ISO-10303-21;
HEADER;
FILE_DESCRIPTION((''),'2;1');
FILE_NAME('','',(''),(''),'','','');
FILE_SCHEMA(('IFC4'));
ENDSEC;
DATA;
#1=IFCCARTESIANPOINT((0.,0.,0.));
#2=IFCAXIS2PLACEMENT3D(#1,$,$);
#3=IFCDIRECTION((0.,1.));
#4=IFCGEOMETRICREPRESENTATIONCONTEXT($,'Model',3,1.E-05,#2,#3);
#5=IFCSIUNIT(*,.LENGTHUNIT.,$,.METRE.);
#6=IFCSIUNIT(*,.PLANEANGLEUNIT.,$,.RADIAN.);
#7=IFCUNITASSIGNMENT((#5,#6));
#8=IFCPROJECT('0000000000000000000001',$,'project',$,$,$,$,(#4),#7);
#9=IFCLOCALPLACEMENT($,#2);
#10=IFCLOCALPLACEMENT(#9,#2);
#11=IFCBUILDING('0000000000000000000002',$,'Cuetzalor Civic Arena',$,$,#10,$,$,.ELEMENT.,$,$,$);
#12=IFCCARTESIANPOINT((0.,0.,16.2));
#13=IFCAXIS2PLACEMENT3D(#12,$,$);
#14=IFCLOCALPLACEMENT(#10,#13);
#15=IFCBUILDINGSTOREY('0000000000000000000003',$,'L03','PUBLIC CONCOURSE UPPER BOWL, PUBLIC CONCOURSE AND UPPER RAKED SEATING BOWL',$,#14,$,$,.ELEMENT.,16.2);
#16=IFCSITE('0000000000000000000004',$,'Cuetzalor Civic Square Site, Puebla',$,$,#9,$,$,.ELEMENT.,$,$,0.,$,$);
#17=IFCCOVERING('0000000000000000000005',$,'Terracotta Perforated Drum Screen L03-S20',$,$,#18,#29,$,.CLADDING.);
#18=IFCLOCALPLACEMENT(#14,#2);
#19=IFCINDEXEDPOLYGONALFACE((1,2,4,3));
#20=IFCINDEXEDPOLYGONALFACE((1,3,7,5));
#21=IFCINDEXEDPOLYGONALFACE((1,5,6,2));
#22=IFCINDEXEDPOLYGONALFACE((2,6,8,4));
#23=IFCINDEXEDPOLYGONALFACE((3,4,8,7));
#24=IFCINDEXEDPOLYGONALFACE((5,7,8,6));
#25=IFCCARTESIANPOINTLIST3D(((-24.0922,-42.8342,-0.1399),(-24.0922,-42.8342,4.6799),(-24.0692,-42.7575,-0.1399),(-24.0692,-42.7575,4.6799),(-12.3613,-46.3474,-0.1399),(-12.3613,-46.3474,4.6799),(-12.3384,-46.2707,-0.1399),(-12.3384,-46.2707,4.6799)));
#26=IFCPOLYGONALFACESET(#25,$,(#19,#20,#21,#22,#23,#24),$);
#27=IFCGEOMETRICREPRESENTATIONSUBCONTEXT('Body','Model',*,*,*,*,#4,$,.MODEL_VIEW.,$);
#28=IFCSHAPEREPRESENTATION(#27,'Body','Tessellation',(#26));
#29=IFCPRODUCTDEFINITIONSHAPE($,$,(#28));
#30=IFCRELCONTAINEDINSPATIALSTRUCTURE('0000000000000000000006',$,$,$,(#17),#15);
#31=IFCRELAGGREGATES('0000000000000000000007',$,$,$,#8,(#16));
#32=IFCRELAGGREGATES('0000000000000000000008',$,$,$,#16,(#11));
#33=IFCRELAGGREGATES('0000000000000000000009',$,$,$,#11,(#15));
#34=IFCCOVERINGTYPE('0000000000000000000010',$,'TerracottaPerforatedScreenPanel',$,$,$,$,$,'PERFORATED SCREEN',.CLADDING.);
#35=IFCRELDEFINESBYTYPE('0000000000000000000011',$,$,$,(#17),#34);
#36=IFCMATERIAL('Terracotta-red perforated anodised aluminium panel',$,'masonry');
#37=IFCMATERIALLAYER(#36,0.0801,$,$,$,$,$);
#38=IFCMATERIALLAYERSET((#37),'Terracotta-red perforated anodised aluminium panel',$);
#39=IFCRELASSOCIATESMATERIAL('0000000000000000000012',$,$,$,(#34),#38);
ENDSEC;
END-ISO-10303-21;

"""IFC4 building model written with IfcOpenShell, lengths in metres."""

from ifc_helpers import new_model, si_unit, direction, frame, frame_2d, origin, place, context, subcontext, project, spatial, rectangle, extrude, material, layer, layer_set, type_object, element, save


model = new_model("IFC4")

# Units and contexts
model_context = context("Model", 3, precision=1e-05, world=origin(), true_north=direction((0.0, 1.0)))
body_context = subcontext(model_context, "Body", "Model", "MODEL_VIEW")
ifc_project = project(units=[si_unit("LENGTHUNIT", "METRE"), si_unit("PLANEANGLEUNIT", "RADIAN")], contexts=[model_context])

# Site, building, storey
site_placement = place(None, origin())
site = spatial("IfcSite", under=ifc_project, at=site_placement, Name="Cuetzalor Civic Square Site, Puebla", CompositionType="ELEMENT", RefElevation=0.0)
building_placement = place(site_placement, origin())
building = spatial("IfcBuilding", under=site, at=building_placement, Name="Cuetzalor Civic Arena", CompositionType="ELEMENT")
storey_placement = place(building_placement, frame((0.0, 0.0, 16.2)))
storey = spatial("IfcBuildingStorey", under=building, at=storey_placement, Name="L03", Description="PUBLIC CONCOURSE UPPER BOWL, PUBLIC CONCOURSE AND UPPER RAKED SEATING BOWL", CompositionType="ELEMENT", Elevation=16.2)

# Covering
ifc_material_1 = material(Name="Terracotta-red perforated anodised aluminium panel", Category="masonry")
ifc_layer_1 = layer(ifc_material_1, 0.0801)
ifc_layer_set_1 = layer_set([ifc_layer_1], Name="Terracotta-red perforated anodised aluminium panel")
covering_type = type_object("IfcCoveringType", Name="TerracottaPerforatedScreenPanel", ElementType="PERFORATED SCREEN", PredefinedType="CLADDING", material=ifc_layer_set_1)
covering_placement = place(storey_placement, frame((-12.3499, -46.3091, -0.1399), z_axis=(0.0, 0.0, 1.0), x_axis=(-0.957962, 0.286896, 0.0)))
element("IfcCovering", 1, at=covering_placement, inside=storey, type_object=covering_type, Name="Terracotta Perforated Drum Screen L03-S20", PredefinedType="CLADDING", context=body_context, shape_type="SweptSolid", body=[
    extrude(rectangle(XDim=12.2456, YDim=0.0801, at=frame_2d((6.1228, 0.0))), origin(), (0.0, 0.0, 1.0), 4.8198),
])

save(model, "model.ifc")
